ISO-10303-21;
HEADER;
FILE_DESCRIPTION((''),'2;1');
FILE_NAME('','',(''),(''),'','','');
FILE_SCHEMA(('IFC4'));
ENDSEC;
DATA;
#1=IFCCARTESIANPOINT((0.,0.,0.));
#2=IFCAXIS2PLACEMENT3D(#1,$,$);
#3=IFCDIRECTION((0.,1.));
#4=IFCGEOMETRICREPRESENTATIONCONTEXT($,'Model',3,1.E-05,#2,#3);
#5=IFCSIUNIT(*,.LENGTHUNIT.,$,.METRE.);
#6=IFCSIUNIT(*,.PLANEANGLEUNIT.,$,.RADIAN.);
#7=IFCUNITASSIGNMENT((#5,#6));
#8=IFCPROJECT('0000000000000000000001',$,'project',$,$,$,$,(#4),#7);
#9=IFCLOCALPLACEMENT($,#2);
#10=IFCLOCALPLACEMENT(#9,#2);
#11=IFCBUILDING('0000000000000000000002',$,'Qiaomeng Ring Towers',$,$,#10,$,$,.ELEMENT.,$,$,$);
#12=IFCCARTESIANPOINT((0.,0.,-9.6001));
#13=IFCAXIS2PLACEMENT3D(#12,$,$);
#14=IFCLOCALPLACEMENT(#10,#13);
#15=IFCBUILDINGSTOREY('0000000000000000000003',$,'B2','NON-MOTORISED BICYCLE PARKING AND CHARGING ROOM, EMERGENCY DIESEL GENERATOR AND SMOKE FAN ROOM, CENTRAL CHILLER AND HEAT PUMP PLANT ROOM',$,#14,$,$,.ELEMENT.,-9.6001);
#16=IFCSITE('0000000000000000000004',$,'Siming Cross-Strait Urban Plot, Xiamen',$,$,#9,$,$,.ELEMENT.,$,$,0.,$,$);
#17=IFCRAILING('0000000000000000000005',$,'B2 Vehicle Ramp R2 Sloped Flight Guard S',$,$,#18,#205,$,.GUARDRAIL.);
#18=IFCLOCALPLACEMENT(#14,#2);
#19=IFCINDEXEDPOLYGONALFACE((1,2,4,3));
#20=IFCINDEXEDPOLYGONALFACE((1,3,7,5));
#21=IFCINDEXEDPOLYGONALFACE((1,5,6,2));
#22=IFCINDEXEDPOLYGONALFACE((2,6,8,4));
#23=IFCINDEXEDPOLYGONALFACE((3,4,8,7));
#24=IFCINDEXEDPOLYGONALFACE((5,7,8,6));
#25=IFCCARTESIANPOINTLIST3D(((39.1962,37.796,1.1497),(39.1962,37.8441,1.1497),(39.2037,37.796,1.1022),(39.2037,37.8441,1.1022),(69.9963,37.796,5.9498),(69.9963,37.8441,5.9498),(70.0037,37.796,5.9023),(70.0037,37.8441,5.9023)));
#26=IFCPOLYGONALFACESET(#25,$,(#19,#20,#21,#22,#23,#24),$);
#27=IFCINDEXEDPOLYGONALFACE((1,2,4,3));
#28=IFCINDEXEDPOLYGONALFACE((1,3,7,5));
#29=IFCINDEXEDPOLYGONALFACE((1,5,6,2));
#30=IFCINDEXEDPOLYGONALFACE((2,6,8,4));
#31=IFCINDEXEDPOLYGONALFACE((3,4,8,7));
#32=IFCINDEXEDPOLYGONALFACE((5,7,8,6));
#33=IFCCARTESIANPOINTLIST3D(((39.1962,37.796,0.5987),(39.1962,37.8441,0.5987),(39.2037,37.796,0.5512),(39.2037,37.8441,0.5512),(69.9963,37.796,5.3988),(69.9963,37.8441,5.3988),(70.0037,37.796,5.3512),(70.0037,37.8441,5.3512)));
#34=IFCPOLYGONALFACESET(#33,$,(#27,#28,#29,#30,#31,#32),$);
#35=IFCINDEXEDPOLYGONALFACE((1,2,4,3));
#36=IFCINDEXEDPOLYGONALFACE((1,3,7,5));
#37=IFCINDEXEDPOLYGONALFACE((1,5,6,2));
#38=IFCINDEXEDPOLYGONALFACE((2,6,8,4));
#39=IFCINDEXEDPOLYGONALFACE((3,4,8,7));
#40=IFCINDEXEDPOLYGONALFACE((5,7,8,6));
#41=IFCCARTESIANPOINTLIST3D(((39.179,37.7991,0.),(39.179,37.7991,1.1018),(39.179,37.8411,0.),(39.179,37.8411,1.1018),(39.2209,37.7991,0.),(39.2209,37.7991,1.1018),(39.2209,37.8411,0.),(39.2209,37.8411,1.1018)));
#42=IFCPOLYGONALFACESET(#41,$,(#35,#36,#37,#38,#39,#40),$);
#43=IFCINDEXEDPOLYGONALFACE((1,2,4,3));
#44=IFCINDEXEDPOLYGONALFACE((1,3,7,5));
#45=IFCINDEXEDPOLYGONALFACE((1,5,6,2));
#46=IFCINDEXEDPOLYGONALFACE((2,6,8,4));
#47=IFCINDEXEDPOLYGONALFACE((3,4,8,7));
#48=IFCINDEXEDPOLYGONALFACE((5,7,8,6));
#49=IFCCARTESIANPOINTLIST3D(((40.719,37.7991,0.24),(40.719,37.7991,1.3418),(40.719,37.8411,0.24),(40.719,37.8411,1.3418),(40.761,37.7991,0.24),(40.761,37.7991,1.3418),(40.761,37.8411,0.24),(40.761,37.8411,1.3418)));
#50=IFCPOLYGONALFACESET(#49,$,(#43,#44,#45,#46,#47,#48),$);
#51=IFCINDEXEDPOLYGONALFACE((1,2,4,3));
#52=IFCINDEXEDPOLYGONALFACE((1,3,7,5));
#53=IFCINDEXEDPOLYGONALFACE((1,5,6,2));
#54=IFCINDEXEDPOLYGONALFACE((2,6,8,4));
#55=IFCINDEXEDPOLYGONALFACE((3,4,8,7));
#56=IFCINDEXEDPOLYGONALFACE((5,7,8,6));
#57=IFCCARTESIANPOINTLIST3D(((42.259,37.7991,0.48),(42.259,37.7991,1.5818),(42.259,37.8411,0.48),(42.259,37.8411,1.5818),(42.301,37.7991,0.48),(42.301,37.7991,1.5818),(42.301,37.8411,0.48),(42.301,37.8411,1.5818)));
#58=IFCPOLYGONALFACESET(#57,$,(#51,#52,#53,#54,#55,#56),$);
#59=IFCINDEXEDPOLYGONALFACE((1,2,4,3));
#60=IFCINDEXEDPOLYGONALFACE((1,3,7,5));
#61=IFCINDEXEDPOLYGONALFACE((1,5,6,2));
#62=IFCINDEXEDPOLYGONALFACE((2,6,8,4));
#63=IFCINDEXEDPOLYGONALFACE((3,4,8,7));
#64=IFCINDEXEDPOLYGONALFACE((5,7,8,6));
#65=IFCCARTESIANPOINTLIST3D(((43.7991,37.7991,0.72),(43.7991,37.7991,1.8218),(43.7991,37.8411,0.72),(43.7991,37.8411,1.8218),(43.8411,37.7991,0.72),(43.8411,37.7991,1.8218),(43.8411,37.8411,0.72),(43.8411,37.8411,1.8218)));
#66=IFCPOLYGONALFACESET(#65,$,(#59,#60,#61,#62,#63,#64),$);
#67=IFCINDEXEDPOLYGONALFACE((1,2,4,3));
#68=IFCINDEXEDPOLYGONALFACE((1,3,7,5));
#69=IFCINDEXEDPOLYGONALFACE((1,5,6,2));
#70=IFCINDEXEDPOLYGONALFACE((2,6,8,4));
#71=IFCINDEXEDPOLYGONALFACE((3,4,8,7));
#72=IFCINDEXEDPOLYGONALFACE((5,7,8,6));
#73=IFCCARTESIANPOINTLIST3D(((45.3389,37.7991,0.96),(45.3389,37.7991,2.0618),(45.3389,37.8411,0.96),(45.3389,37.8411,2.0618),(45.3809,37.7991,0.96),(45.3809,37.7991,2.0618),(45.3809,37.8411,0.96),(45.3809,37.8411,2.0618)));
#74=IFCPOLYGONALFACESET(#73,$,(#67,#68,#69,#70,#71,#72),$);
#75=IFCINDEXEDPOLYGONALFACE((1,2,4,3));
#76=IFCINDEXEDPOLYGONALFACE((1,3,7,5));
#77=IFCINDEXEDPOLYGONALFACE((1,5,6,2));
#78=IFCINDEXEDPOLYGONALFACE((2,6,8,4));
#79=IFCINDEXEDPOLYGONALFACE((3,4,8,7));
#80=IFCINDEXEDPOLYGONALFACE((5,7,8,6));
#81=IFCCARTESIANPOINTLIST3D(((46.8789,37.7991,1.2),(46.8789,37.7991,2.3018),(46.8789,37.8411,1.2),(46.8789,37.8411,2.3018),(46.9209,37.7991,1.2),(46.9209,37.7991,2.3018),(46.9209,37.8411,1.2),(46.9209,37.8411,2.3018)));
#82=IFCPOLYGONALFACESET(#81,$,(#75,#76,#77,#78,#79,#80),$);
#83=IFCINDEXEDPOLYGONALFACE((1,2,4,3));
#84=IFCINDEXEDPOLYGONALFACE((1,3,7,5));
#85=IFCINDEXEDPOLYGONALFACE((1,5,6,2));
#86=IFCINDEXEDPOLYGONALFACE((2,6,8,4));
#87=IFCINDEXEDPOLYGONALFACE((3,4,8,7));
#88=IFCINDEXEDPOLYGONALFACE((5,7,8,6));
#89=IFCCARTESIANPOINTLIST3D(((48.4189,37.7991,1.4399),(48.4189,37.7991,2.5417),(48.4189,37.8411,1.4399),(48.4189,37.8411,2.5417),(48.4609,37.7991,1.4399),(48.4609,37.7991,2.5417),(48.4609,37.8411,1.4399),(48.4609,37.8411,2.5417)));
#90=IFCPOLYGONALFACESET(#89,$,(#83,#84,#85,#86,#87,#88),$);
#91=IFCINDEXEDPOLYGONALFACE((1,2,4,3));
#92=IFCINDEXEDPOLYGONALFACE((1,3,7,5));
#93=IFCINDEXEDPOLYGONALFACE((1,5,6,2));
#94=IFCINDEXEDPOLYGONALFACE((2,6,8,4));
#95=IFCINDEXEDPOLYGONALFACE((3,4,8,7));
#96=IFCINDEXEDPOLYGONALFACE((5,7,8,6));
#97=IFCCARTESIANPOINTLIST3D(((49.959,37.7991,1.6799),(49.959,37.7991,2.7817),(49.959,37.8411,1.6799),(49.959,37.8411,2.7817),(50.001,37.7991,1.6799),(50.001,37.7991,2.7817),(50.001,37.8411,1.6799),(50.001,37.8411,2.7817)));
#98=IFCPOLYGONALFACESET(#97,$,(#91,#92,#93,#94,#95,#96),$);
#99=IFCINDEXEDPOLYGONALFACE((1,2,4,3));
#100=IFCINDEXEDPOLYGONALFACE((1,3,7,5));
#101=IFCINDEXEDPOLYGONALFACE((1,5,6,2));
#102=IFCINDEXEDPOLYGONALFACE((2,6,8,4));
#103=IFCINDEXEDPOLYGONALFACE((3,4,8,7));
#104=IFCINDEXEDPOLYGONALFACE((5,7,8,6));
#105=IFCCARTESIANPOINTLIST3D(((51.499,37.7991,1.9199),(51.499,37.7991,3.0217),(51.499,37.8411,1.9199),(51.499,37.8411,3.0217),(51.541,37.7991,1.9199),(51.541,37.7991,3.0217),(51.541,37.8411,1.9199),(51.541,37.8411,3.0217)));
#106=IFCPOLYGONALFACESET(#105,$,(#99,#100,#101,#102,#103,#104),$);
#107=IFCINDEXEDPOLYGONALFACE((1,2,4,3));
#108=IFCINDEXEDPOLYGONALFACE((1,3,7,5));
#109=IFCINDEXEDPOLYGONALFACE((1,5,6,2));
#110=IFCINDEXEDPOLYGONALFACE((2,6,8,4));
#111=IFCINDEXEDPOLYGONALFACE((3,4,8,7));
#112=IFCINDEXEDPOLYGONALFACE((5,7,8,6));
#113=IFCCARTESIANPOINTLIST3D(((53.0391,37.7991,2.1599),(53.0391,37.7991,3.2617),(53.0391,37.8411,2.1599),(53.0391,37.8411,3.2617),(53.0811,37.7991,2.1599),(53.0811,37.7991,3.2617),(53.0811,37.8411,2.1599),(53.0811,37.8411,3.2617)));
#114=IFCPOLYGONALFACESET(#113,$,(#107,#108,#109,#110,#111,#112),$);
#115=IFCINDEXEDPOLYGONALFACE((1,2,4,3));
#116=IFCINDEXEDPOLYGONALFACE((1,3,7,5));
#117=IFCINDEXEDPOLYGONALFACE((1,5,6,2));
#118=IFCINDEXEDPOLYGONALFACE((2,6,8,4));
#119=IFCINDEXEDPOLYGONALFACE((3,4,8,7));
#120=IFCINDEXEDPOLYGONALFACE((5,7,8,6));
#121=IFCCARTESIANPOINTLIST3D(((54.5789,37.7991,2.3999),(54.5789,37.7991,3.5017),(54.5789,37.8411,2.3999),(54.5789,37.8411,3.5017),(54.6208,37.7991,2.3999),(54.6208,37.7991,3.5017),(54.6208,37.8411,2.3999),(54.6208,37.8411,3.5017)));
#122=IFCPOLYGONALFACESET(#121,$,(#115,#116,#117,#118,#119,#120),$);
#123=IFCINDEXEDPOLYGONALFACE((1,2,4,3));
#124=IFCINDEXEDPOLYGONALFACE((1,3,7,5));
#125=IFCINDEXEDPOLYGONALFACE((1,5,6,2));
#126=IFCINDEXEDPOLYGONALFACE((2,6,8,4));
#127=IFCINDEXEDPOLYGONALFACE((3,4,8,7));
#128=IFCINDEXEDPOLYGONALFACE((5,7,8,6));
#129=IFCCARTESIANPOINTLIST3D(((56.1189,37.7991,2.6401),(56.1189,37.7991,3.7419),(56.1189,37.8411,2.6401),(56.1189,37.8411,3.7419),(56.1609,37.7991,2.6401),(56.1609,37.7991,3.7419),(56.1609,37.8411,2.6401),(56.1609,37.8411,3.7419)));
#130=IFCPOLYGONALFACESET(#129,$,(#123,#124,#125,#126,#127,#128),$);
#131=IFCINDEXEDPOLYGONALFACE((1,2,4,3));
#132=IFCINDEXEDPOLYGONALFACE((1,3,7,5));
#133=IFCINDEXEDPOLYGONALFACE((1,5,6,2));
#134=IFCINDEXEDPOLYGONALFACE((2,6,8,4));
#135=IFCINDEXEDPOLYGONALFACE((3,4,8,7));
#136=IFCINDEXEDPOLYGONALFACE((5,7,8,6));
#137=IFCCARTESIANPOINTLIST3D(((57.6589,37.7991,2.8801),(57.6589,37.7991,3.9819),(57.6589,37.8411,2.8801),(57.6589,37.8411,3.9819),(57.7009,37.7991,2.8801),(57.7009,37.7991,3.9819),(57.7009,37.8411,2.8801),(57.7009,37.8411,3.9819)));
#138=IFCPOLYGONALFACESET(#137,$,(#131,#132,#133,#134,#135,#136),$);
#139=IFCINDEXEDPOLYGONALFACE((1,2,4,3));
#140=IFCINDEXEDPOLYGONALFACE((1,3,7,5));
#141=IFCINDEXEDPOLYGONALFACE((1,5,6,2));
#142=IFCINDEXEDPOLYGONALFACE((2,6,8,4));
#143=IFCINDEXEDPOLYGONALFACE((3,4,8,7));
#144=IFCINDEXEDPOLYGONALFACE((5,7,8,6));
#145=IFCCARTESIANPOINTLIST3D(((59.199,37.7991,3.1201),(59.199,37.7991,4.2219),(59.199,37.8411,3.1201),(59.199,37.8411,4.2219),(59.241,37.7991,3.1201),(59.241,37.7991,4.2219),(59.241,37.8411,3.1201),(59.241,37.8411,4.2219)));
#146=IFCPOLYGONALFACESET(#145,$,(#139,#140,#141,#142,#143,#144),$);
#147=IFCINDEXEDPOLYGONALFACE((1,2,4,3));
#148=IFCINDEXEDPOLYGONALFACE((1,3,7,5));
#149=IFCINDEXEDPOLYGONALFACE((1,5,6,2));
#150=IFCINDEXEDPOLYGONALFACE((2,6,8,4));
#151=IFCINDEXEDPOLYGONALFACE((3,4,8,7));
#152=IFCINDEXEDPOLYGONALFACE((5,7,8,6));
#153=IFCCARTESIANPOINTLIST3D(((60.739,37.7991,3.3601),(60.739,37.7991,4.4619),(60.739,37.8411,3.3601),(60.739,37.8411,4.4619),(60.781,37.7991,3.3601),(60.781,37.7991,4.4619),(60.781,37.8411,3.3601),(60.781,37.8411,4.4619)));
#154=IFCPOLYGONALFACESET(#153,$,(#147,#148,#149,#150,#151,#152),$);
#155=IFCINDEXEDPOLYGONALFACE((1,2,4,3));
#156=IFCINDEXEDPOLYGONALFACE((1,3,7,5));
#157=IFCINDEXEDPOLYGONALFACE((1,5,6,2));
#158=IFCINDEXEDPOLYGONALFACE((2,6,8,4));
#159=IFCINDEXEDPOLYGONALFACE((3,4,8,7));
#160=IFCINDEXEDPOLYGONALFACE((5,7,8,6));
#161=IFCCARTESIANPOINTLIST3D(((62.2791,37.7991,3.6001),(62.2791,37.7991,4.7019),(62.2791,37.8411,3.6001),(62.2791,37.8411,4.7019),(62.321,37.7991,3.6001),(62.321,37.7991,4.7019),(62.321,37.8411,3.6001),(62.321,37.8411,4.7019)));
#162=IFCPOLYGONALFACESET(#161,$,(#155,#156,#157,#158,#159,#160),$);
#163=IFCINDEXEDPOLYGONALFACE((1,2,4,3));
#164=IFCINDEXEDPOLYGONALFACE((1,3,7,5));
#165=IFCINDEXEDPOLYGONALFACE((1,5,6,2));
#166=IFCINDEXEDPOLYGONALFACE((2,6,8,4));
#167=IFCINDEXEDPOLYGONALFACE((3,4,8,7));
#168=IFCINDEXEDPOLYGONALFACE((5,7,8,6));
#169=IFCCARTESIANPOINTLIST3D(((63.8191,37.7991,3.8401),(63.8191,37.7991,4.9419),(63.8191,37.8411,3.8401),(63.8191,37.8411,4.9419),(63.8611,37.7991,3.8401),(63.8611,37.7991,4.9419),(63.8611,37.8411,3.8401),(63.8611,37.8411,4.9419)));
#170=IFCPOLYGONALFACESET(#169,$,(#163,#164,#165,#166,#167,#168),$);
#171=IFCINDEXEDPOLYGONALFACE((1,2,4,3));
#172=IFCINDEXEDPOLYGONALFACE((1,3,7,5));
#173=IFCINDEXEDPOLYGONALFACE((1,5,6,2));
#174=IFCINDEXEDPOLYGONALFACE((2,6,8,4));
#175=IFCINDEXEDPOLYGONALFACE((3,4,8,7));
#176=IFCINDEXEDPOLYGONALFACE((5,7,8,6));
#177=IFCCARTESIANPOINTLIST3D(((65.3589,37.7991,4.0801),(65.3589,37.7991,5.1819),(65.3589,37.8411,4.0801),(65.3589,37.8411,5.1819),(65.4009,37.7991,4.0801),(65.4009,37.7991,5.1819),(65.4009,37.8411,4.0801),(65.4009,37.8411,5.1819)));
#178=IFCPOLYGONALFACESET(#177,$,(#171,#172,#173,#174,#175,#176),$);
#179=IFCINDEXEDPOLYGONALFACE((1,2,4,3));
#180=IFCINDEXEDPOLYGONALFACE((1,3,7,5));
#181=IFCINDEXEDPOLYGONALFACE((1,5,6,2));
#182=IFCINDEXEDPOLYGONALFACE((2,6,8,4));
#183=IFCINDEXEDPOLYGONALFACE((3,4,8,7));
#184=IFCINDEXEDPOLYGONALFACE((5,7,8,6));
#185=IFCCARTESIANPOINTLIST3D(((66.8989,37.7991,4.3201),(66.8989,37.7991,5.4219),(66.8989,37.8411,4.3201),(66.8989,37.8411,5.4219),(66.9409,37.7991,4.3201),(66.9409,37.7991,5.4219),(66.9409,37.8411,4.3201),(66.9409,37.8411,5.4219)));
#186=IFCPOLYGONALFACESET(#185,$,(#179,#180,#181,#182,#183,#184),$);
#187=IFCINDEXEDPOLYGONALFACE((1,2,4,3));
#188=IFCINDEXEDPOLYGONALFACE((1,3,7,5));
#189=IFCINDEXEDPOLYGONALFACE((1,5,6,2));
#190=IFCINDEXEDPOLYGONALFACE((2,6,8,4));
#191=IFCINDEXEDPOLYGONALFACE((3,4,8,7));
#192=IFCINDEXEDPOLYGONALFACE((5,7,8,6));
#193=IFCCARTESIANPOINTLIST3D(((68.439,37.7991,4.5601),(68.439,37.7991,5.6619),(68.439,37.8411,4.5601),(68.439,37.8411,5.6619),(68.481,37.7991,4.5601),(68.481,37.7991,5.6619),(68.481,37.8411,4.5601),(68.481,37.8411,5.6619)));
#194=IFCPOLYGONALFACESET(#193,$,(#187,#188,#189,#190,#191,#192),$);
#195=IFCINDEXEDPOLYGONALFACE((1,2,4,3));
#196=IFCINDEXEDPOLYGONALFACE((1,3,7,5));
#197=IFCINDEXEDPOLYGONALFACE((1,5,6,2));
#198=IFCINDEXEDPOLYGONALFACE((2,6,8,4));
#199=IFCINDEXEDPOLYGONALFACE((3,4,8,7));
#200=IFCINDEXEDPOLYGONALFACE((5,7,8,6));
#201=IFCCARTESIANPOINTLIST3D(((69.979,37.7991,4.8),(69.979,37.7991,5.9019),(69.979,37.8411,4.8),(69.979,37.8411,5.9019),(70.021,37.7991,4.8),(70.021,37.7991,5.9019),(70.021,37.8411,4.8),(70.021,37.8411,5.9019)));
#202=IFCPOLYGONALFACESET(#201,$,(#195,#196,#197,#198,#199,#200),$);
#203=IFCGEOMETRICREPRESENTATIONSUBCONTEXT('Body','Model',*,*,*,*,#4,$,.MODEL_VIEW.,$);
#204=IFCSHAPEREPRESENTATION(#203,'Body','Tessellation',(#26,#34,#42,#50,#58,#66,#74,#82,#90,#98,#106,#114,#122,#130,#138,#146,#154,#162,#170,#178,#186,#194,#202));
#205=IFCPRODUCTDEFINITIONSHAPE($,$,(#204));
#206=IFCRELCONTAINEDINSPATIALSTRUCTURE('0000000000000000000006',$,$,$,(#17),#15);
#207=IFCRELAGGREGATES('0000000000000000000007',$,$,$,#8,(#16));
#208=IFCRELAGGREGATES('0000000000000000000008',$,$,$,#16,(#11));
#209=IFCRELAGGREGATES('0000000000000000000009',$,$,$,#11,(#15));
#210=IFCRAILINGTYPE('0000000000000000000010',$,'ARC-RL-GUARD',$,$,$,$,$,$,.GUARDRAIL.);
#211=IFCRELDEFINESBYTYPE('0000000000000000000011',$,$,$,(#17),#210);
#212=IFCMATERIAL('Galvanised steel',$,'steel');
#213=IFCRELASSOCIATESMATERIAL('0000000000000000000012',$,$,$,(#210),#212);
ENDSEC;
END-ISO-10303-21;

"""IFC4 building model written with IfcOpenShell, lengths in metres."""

from ifc_helpers import new_model, si_unit, direction, frame, origin, origin_2d, place, context, subcontext, project, spatial, rectangle, extrude, material, type_object, element, save


model = new_model("IFC4")

# Units and contexts
model_context = context("Model", 3, precision=1e-05, world=origin(), true_north=direction((0.0, 1.0)))
body_context = subcontext(model_context, "Body", "Model", "MODEL_VIEW")
ifc_project = project(units=[si_unit("LENGTHUNIT", "METRE"), si_unit("PLANEANGLEUNIT", "RADIAN")], contexts=[model_context])

# Site, building, storey
site_placement = place(None, origin())
site = spatial("IfcSite", under=ifc_project, at=site_placement, Name="Siming Cross-Strait Urban Plot, Xiamen", CompositionType="ELEMENT", RefElevation=0.0)
building_placement = place(site_placement, origin())
building = spatial("IfcBuilding", under=site, at=building_placement, Name="Qiaomeng Ring Towers", CompositionType="ELEMENT")
storey_placement = place(building_placement, frame((0.0, 0.0, -9.6001)))
storey = spatial("IfcBuildingStorey", under=building, at=storey_placement, Name="B2", Description="NON-MOTORISED BICYCLE PARKING AND CHARGING ROOM, EMERGENCY DIESEL GENERATOR AND SMOKE FAN ROOM, CENTRAL CHILLER AND HEAT PUMP PLANT ROOM", CompositionType="ELEMENT", Elevation=-9.6001)

# Shared definitions
ifc_material_1 = material(Name="Galvanised steel", Category="steel")

# Railing
railing_type_1 = type_object("IfcRailingType", Name="ARC-RL-GUARD", PredefinedType="GUARDRAIL", material=ifc_material_1)
railing_1_placement = place(storey_placement, frame((39.2, 37.8201, 0.0)))
element("IfcRailing", 1, at=railing_1_placement, inside=storey, type_object=railing_type_1, Name="B2 Vehicle Ramp R2 Sloped Flight Guard S", PredefinedType="GUARDRAIL", context=body_context, shape_type="SweptSolid", body=[
    extrude(rectangle(XDim=0.0481, YDim=0.0481, at=origin_2d()), frame((0.0, 0.0, 1.126), z_axis=(0.988073, 0.0, 0.153987), x_axis=(0.0, 1.0, 0.0)), (0.0, 0.0, 1.0), 31.1719),
    extrude(rectangle(XDim=0.0481, YDim=0.0481, at=origin_2d()), frame((0.0, 0.0, 0.575), z_axis=(0.988073, 0.0, 0.153987), x_axis=(0.0, 1.0, 0.0)), (0.0, 0.0, 1.0), 31.1719),
    extrude(rectangle(XDim=0.042, YDim=0.042, at=origin_2d()), origin(), (0.0, 0.0, 1.0), 1.1018),
    extrude(rectangle(XDim=0.042, YDim=0.042, at=origin_2d()), frame((1.54, 0.0, 0.24)), (0.0, 0.0, 1.0), 1.1018),
    extrude(rectangle(XDim=0.042, YDim=0.042, at=origin_2d()), frame((3.0801, 0.0, 0.48)), (0.0, 0.0, 1.0), 1.1018),
    extrude(rectangle(XDim=0.042, YDim=0.042, at=origin_2d()), frame((4.6201, 0.0, 0.72)), (0.0, 0.0, 1.0), 1.1018),
    extrude(rectangle(XDim=0.042, YDim=0.042, at=origin_2d()), frame((6.1599, 0.0, 0.96)), (0.0, 0.0, 1.0), 1.1018),
    extrude(rectangle(XDim=0.042, YDim=0.042, at=origin_2d()), frame((7.7, 0.0, 1.2)), (0.0, 0.0, 1.0), 1.1018),
    extrude(rectangle(XDim=0.042, YDim=0.042, at=origin_2d()), frame((9.24, 0.0, 1.4399)), (0.0, 0.0, 1.0), 1.1018),
    extrude(rectangle(XDim=0.042, YDim=0.042, at=origin_2d()), frame((10.78, 0.0, 1.6799)), (0.0, 0.0, 1.0), 1.1018),
    extrude(rectangle(XDim=0.042, YDim=0.042, at=origin_2d()), frame((12.3201, 0.0, 1.9199)), (0.0, 0.0, 1.0), 1.1018),
    extrude(rectangle(XDim=0.042, YDim=0.042, at=origin_2d()), frame((13.8601, 0.0, 2.1599)), (0.0, 0.0, 1.0), 1.1018),
    extrude(rectangle(XDim=0.042, YDim=0.042, at=origin_2d()), frame((15.3999, 0.0, 2.3999)), (0.0, 0.0, 1.0), 1.1018),
    extrude(rectangle(XDim=0.042, YDim=0.042, at=origin_2d()), frame((16.9399, 0.0, 2.6401)), (0.0, 0.0, 1.0), 1.1018),
    extrude(rectangle(XDim=0.042, YDim=0.042, at=origin_2d()), frame((18.48, 0.0, 2.8801)), (0.0, 0.0, 1.0), 1.1018),
    extrude(rectangle(XDim=0.042, YDim=0.042, at=origin_2d()), frame((20.02, 0.0, 3.1201)), (0.0, 0.0, 1.0), 1.1018),
    extrude(rectangle(XDim=0.042, YDim=0.042, at=origin_2d()), frame((21.5601, 0.0, 3.3601)), (0.0, 0.0, 1.0), 1.1018),
    extrude(rectangle(XDim=0.042, YDim=0.042, at=origin_2d()), frame((23.1001, 0.0, 3.6001)), (0.0, 0.0, 1.0), 1.1018),
    extrude(rectangle(XDim=0.042, YDim=0.042, at=origin_2d()), frame((24.6401, 0.0, 3.8401)), (0.0, 0.0, 1.0), 1.1018),
    extrude(rectangle(XDim=0.042, YDim=0.042, at=origin_2d()), frame((26.1799, 0.0, 4.0801)), (0.0, 0.0, 1.0), 1.1018),
    extrude(rectangle(XDim=0.042, YDim=0.042, at=origin_2d()), frame((27.72, 0.0, 4.3201)), (0.0, 0.0, 1.0), 1.1018),
    extrude(rectangle(XDim=0.042, YDim=0.042, at=origin_2d()), frame((29.26, 0.0, 4.5601)), (0.0, 0.0, 1.0), 1.1018),
    extrude(rectangle(XDim=0.042, YDim=0.042, at=origin_2d()), frame((30.8, 0.0, 4.8)), (0.0, 0.0, 1.0), 1.1018),
])

save(model, "model.ifc")
